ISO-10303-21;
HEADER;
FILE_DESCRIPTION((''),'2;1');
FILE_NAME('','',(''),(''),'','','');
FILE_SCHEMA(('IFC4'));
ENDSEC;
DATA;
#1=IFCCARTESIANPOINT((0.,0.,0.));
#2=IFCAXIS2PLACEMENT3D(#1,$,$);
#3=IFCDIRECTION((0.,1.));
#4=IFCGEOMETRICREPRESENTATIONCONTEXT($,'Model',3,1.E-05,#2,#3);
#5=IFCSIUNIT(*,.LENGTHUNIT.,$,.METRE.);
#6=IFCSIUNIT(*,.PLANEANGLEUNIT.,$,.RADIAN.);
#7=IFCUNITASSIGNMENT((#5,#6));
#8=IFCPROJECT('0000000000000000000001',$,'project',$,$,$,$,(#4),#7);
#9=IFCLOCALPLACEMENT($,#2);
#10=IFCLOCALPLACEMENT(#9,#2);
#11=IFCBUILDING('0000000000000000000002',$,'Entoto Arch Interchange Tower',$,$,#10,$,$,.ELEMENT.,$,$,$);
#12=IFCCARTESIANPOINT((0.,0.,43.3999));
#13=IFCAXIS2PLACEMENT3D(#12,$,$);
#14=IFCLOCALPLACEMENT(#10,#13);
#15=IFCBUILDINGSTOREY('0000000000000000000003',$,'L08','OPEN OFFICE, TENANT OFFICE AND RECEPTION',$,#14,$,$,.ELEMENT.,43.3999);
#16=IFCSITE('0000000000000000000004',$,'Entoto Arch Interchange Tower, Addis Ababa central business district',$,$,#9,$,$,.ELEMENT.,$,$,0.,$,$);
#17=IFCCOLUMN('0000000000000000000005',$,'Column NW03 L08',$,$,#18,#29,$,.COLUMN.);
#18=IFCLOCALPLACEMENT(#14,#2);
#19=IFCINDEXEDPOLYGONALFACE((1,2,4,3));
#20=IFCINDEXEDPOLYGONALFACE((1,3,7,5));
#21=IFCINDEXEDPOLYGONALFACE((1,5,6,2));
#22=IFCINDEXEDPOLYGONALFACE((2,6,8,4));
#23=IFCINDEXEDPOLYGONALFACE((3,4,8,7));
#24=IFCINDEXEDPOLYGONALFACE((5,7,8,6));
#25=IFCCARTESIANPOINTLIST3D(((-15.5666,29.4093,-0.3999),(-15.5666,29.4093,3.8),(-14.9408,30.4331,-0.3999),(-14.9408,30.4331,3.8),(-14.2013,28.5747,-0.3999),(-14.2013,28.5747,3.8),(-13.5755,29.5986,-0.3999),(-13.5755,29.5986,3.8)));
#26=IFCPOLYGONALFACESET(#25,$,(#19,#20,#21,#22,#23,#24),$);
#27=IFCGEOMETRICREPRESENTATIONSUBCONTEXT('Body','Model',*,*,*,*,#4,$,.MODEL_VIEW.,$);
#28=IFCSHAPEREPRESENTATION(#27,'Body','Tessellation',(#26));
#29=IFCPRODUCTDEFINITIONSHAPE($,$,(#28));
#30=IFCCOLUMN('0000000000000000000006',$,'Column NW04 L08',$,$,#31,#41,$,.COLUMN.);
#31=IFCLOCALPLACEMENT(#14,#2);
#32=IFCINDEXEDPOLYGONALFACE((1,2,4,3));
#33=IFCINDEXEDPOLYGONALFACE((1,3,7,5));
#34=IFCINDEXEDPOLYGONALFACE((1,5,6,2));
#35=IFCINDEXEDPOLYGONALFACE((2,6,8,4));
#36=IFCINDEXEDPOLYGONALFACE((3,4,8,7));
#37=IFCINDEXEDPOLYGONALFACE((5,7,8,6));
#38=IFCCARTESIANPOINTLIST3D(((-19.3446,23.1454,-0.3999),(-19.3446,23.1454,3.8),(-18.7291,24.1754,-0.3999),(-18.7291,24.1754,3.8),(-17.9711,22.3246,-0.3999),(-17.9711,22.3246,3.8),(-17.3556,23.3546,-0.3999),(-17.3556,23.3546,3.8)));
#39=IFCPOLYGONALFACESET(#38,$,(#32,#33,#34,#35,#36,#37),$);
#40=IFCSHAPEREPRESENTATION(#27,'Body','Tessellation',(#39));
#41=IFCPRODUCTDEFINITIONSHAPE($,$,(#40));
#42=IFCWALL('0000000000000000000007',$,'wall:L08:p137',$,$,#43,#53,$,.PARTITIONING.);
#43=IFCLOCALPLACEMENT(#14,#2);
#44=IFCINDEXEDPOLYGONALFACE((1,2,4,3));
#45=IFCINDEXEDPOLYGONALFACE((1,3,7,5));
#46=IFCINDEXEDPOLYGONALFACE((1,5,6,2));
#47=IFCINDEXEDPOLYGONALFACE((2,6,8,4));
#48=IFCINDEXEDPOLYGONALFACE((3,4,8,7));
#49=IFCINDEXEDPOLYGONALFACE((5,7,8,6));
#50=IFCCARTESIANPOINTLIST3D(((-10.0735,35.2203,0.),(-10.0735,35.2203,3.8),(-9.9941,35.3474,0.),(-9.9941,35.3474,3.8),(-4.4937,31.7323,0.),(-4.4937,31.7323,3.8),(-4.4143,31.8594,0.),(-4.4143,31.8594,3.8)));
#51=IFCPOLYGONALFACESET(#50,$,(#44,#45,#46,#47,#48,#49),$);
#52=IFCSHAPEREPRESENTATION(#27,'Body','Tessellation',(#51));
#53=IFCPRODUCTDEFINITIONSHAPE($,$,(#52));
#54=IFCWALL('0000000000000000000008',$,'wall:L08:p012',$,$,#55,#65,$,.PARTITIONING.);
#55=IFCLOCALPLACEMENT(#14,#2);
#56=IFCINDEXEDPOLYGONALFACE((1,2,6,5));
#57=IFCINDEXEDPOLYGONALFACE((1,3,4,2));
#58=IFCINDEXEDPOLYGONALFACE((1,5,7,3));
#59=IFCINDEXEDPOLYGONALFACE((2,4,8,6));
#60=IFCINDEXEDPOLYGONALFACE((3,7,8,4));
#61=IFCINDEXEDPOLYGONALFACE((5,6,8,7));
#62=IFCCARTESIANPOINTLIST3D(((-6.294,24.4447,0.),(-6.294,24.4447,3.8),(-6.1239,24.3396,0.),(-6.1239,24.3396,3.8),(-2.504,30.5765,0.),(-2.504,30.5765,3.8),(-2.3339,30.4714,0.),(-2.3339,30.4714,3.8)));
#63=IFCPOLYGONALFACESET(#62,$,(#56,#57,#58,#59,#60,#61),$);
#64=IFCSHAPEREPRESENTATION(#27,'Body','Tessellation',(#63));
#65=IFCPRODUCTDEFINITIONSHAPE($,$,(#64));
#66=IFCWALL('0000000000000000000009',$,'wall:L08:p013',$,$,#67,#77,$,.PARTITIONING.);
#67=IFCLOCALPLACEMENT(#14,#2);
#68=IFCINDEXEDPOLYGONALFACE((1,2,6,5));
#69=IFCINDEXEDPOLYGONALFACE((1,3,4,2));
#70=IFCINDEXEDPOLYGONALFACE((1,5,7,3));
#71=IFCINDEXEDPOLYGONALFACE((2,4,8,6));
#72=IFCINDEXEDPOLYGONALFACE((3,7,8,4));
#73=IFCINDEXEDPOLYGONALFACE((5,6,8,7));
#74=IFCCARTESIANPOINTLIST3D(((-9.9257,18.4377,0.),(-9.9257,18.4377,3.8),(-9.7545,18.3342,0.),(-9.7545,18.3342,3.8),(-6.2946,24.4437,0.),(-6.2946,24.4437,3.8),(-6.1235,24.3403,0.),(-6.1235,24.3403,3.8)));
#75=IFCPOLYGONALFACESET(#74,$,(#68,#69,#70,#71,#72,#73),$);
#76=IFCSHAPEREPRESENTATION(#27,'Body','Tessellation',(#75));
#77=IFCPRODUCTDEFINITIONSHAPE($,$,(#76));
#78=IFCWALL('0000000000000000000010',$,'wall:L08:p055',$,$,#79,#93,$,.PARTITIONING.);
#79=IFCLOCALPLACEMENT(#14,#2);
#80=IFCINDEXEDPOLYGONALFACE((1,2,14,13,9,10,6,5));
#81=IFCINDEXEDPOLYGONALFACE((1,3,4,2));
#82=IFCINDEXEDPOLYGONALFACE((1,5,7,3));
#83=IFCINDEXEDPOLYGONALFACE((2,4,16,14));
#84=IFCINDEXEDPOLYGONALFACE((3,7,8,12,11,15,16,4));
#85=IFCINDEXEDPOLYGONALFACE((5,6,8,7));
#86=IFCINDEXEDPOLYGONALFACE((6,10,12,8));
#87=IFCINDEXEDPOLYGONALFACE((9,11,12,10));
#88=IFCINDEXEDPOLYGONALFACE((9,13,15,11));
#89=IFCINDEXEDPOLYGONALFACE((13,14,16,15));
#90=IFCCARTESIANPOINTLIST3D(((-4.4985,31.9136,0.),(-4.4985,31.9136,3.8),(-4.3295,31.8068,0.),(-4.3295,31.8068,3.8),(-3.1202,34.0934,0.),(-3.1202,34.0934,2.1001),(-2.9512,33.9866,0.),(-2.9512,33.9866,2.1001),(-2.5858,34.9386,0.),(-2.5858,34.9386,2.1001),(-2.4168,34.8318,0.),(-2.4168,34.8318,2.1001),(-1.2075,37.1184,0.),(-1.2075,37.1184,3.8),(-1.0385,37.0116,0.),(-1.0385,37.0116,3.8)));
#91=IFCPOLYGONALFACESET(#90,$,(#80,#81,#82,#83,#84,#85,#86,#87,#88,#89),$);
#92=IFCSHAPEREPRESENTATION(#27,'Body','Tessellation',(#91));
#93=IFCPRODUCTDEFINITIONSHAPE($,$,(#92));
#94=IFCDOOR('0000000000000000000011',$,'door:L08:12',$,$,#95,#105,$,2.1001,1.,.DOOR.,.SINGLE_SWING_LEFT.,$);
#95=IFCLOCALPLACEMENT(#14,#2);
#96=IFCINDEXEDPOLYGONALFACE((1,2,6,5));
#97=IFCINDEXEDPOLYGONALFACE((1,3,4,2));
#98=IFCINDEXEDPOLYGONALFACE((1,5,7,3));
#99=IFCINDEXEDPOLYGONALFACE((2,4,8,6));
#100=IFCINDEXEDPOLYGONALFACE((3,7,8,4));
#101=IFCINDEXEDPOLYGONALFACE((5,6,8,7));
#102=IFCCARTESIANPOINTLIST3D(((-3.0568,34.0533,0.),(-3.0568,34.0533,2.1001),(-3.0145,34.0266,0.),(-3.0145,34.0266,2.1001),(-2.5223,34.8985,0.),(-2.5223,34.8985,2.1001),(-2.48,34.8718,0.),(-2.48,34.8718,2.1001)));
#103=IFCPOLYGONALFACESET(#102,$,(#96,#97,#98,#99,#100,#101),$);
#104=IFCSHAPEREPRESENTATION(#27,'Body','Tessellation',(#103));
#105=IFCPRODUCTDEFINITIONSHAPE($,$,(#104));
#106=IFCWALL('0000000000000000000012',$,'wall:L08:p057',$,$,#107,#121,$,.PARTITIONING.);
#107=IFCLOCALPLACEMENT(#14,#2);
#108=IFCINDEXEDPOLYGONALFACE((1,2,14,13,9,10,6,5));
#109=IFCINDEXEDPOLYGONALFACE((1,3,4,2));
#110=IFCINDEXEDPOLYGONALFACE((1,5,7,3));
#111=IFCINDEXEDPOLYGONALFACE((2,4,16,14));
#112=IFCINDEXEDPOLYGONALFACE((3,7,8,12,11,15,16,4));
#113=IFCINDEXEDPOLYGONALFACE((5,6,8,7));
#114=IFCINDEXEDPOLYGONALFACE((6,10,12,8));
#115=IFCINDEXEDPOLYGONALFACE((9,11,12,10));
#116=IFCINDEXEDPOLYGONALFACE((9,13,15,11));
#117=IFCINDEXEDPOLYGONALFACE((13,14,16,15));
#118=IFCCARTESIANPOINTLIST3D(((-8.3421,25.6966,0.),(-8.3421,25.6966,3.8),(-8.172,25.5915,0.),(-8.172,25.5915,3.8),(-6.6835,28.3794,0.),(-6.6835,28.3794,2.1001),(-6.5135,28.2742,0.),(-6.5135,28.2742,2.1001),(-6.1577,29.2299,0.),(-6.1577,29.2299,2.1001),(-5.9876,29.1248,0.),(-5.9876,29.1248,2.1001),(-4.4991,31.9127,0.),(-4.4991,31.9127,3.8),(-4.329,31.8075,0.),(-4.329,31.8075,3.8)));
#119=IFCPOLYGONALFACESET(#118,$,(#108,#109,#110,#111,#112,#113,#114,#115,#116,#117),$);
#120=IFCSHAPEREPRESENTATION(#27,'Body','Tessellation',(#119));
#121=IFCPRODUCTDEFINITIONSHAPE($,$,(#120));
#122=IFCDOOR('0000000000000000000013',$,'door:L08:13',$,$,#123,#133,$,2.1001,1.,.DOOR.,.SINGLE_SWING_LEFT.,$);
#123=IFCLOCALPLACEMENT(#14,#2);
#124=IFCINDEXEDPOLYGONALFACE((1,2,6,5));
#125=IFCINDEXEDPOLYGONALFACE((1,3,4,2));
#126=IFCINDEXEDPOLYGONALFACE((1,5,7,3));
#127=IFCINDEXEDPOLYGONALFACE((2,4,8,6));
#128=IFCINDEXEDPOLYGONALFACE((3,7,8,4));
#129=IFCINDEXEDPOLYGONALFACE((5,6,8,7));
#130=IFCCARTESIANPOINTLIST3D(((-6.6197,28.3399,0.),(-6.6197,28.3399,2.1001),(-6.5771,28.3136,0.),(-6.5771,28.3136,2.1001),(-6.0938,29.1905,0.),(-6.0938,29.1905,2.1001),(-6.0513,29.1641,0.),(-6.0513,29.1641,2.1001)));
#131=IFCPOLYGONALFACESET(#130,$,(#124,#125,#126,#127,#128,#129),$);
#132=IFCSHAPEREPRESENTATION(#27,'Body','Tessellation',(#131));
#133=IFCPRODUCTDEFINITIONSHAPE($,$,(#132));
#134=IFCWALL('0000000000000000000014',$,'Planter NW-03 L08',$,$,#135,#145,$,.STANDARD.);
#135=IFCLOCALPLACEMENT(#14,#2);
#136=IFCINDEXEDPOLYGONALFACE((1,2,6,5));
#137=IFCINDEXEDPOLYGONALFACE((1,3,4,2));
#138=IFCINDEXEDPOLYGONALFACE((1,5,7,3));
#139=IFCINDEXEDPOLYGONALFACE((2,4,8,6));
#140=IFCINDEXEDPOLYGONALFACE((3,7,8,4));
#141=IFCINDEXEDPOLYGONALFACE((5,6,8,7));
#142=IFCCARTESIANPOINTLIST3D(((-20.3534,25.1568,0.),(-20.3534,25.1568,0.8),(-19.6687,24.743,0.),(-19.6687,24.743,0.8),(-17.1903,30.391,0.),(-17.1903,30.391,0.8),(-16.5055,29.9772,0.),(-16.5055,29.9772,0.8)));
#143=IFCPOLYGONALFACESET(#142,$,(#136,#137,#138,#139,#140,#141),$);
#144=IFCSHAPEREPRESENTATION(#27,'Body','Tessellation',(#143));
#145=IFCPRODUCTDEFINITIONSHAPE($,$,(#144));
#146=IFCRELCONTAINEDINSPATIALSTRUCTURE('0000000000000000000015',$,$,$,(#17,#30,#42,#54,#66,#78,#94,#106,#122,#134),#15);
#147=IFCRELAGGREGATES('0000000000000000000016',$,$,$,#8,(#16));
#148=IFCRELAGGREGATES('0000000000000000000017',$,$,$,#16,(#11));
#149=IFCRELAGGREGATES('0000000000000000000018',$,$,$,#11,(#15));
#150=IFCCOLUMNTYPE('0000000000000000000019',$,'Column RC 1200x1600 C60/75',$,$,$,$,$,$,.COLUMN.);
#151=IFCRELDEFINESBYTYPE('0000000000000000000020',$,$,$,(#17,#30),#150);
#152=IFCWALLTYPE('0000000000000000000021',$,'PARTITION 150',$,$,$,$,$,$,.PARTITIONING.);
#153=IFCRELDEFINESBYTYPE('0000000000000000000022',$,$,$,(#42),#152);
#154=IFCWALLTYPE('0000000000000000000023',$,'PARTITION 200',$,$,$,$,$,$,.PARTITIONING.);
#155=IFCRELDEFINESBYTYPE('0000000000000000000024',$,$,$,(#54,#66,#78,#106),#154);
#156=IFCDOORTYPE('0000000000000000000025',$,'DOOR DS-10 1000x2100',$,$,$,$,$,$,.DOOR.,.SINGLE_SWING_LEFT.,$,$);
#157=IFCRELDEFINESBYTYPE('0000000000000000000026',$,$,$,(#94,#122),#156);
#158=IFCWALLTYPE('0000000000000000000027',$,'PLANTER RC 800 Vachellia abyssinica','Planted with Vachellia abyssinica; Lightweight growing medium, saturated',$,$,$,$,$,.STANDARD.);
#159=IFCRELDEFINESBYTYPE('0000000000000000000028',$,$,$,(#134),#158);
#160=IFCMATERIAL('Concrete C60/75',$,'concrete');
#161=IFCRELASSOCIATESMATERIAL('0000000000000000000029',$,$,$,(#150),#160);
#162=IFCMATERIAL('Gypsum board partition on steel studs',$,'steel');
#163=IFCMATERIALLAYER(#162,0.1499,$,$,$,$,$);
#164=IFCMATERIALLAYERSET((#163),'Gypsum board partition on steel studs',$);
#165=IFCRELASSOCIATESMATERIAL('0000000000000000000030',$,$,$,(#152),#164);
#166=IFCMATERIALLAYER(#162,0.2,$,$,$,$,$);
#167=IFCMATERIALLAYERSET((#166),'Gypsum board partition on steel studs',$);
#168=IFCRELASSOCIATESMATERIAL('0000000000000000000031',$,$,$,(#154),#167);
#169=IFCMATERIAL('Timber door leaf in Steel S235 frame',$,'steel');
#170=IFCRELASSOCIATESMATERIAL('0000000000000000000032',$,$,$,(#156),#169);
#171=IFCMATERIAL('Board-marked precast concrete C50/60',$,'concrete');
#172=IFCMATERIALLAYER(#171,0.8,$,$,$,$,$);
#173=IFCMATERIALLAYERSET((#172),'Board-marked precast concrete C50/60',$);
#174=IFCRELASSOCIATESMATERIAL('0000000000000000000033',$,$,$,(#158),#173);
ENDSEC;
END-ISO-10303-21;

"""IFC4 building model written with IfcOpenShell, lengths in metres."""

from ifc_helpers import new_model, si_unit, direction, frame, frame_2d, origin, origin_2d, place, context, subcontext, project, spatial, rectangle, extrude, material, layer, layer_set, material_profile, profile_set, type_object, element, fill, save


model = new_model("IFC4")

# Units and contexts
model_context = context("Model", 3, precision=1e-05, world=origin(), true_north=direction((0.0, 1.0)))
body_context = subcontext(model_context, "Body", "Model", "MODEL_VIEW")
ifc_project = project(units=[si_unit("LENGTHUNIT", "METRE"), si_unit("PLANEANGLEUNIT", "RADIAN")], contexts=[model_context])

# Site, building, storey
site_placement = place(None, origin())
site = spatial("IfcSite", under=ifc_project, at=site_placement, Name="Entoto Arch Interchange Tower, Addis Ababa central business district", CompositionType="ELEMENT", RefElevation=0.0)
building_placement = place(site_placement, origin())
building = spatial("IfcBuilding", under=site, at=building_placement, Name="Entoto Arch Interchange Tower", CompositionType="ELEMENT")
storey_placement = place(building_placement, frame((0.0, 0.0, 43.3999)))
storey = spatial("IfcBuildingStorey", under=building, at=storey_placement, Name="L08", Description="OPEN OFFICE, TENANT OFFICE AND RECEPTION", CompositionType="ELEMENT", Elevation=43.3999)

# Columns
ifc_material_1 = material(Name="Concrete C60/75", Category="concrete")
ifc_material_profile = material_profile(ifc_material_1, rectangle(XDim=1.2, YDim=1.6001, at=origin_2d()))
ifc_profile_set = profile_set([ifc_material_profile], Name="Concrete C60/75")
column_type = type_object("IfcColumnType", Name="Column RC 1200x1600 C60/75", PredefinedType="COLUMN", material=ifc_profile_set)
for number, where, z_axis, x_axis, name in (
    (1, (-14.571, 29.5039, -0.3999), (0.0, 0.0, 1.0), (0.521546, 0.853223, 0.0), "Column NW03 L08"),
    (2, (-18.3501, 23.25, -0.3999), (0.0, 0.0, 1.0), (0.512972, 0.858405, 0.0), "Column NW04 L08"),
):
    element("IfcColumn", number, at=place(storey_placement, frame(where, z_axis=z_axis, x_axis=x_axis)), inside=storey, type_object=column_type, Name=name, PredefinedType="COLUMN", context=body_context, shape_type="SweptSolid", body=[
        extrude(rectangle(XDim=1.2, YDim=1.6001, at=origin_2d()), origin(), (0.0, 0.0, 1.0), 4.2),
    ])

# Walls
ifc_material_2 = material(Name="Gypsum board partition on steel studs", Category="steel")
ifc_layer_1 = layer(ifc_material_2, 0.1499)
ifc_layer_set_1 = layer_set([ifc_layer_1], Name="Gypsum board partition on steel studs")
wall_type_1 = type_object("IfcWallType", Name="PARTITION 150", PredefinedType="PARTITIONING", material=ifc_layer_set_1)
wall_1_placement = place(storey_placement, frame((-4.4541, 31.7959, 0.0), z_axis=(0.0, 0.0, 1.0), x_axis=(-0.847955, 0.530069, 0.0)))
element("IfcWall", 3, at=wall_1_placement, inside=storey, type_object=wall_type_1, Name="wall:L08:p137", PredefinedType="PARTITIONING", context=body_context, shape_type="SweptSolid", body=[
    extrude(rectangle(XDim=6.5803, YDim=0.1499, at=frame_2d((3.29, 0.0))), origin(), (0.0, 0.0, 1.0), 3.8),
])
ifc_layer_2 = layer(ifc_material_2, 0.2)
ifc_layer_set_2 = layer_set([ifc_layer_2], Name="Gypsum board partition on steel studs")
wall_type_2 = type_object("IfcWallType", Name="PARTITION 200", PredefinedType="PARTITIONING", material=ifc_layer_set_2)
wall_2_placement = place(storey_placement, frame((-2.4189, 30.5239, 0.0), z_axis=(0.0, 0.0, 1.0), x_axis=(-0.525767, -0.850629, 0.0)))
element("IfcWall", 4, at=wall_2_placement, inside=storey, type_object=wall_type_2, Name="wall:L08:p012", PredefinedType="PARTITIONING", context=body_context, shape_type="SweptSolid", body=[
    extrude(rectangle(XDim=7.2085, YDim=0.2, at=frame_2d((3.6042, 0.0))), origin(), (0.0, 0.0, 1.0), 3.8),
])
wall_3_placement = place(storey_placement, frame((-6.209, 24.3921, 0.0), z_axis=(0.0, 0.0, 1.0), x_axis=(-0.517368, -0.855763, 0.0)))
element("IfcWall", 5, at=wall_3_placement, inside=storey, type_object=wall_type_2, Name="wall:L08:p013", PredefinedType="PARTITIONING", context=body_context, shape_type="SweptSolid", body=[
    extrude(rectangle(XDim=7.0183, YDim=0.2, at=frame_2d((3.5093, 0.0))), origin(), (0.0, 0.0, 1.0), 3.8),
])

# Walls, openings, doors
wall_4_placement = place(storey_placement, frame((-4.4141, 31.8601, 0.0), z_axis=(0.0, 0.0, 1.0), x_axis=(0.534428, 0.845214, 0.0)))
wall_4 = element("IfcWall", 6, at=wall_4_placement, inside=storey, type_object=wall_type_2, Name="wall:L08:p055", PredefinedType="PARTITIONING", context=body_context, shape_type="SweptSolid", body=[
    extrude(rectangle(XDim=6.158, YDim=0.2, at=frame_2d((3.0791, 0.0))), origin(), (0.0, 0.0, 1.0), 3.8),
])
opening_1_placement = place(wall_4_placement, frame((2.5791, 0.0, 0.0)))
opening_1 = element("IfcOpeningElement", 7, at=opening_1_placement, cuts=wall_4, PredefinedType="OPENING", context=body_context, shape_type="SweptSolid", body=[
    extrude(rectangle(XDim=1.0, YDim=2.1001, at=frame_2d((0.5, 1.05))), frame((0.0, 0.1099, 0.0), z_axis=(0.0, -1.0, 0.0), x_axis=(1.0, 0.0, 0.0)), (0.0, 0.0, 1.0), 0.22),
])
ifc_material_3 = material(Name="Timber door leaf in Steel S235 frame", Category="steel")
door_type_1 = type_object("IfcDoorType", Name="DOOR DS-10 1000x2100", OperationType="SINGLE_SWING_LEFT", PredefinedType="DOOR", material=ifc_material_3)
door_1_placement = place(opening_1_placement, origin())
door_1 = element("IfcDoor", 8, at=door_1_placement, inside=storey, type_object=door_type_1, Name="door:L08:12", OperationType="SINGLE_SWING_LEFT", OverallHeight=2.1001, OverallWidth=1.0, PredefinedType="DOOR", context=body_context, shape_type="SweptSolid", body=[
    extrude(rectangle(XDim=1.0, YDim=2.1001, at=frame_2d((0.5, 1.05))), frame((0.0, 0.0249, 0.0), z_axis=(0.0, -1.0, 0.0), x_axis=(1.0, 0.0, 0.0)), (0.0, 0.0, 1.0), 0.05),
])
fill(opening_1, door_1)
wall_5_placement = place(storey_placement, frame((-8.2571, 25.644, 0.0), z_axis=(0.0, 0.0, 1.0), x_axis=(0.525858, 0.850573, 0.0)))
wall_5 = element("IfcWall", 9, at=wall_5_placement, inside=storey, type_object=wall_type_2, Name="wall:L08:p057", PredefinedType="PARTITIONING", context=body_context, shape_type="SweptSolid", body=[
    extrude(rectangle(XDim=7.3081, YDim=0.2, at=frame_2d((3.6541, 0.0))), origin(), (0.0, 0.0, 1.0), 3.8),
])
opening_2_placement = place(wall_5_placement, frame((3.1541, 0.0, 0.0)))
opening_2 = element("IfcOpeningElement", 10, at=opening_2_placement, cuts=wall_5, PredefinedType="OPENING", context=body_context, shape_type="SweptSolid", body=[
    extrude(rectangle(XDim=1.0, YDim=2.1001, at=frame_2d((0.5, 1.05))), frame((0.0, 0.1099, 0.0), z_axis=(0.0, -1.0, 0.0), x_axis=(1.0, 0.0, 0.0)), (0.0, 0.0, 1.0), 0.22),
])
door_2_placement = place(opening_2_placement, origin())
door_2 = element("IfcDoor", 11, at=door_2_placement, inside=storey, type_object=door_type_1, Name="door:L08:13", OperationType="SINGLE_SWING_LEFT", OverallHeight=2.1001, OverallWidth=1.0, PredefinedType="DOOR", context=body_context, shape_type="SweptSolid", body=[
    extrude(rectangle(XDim=1.0, YDim=2.1001, at=frame_2d((0.5, 1.05))), frame((0.0, 0.0249, 0.0), z_axis=(0.0, -1.0, 0.0), x_axis=(1.0, 0.0, 0.0)), (0.0, 0.0, 1.0), 0.05),
])
fill(opening_2, door_2)

# Wall
ifc_material_4 = material(Name="Board-marked precast concrete C50/60", Category="concrete")
ifc_layer_3 = layer(ifc_material_4, 0.8)
ifc_layer_set_3 = layer_set([ifc_layer_3], Name="Board-marked precast concrete C50/60")
wall_type_3 = type_object("IfcWallType", Name="PLANTER RC 800 Vachellia abyssinica", Description="Planted with Vachellia abyssinica; Lightweight growing medium, saturated", PredefinedType="STANDARD", material=ifc_layer_set_3)
wall_6_placement = place(storey_placement, frame((-16.8479, 30.1841, 0.0), z_axis=(0.0, 0.0, 1.0), x_axis=(-0.517211, -0.855858, 0.0)))
element("IfcWall", 12, at=wall_6_placement, inside=storey, type_object=wall_type_3, Name="Planter NW-03 L08", PredefinedType="STANDARD", context=body_context, shape_type="SweptSolid", body=[
    extrude(rectangle(XDim=6.1157, YDim=0.8, at=frame_2d((3.0579, 0.0))), origin(), (0.0, 0.0, 1.0), 0.8),
])

save(model, "model.ifc")
